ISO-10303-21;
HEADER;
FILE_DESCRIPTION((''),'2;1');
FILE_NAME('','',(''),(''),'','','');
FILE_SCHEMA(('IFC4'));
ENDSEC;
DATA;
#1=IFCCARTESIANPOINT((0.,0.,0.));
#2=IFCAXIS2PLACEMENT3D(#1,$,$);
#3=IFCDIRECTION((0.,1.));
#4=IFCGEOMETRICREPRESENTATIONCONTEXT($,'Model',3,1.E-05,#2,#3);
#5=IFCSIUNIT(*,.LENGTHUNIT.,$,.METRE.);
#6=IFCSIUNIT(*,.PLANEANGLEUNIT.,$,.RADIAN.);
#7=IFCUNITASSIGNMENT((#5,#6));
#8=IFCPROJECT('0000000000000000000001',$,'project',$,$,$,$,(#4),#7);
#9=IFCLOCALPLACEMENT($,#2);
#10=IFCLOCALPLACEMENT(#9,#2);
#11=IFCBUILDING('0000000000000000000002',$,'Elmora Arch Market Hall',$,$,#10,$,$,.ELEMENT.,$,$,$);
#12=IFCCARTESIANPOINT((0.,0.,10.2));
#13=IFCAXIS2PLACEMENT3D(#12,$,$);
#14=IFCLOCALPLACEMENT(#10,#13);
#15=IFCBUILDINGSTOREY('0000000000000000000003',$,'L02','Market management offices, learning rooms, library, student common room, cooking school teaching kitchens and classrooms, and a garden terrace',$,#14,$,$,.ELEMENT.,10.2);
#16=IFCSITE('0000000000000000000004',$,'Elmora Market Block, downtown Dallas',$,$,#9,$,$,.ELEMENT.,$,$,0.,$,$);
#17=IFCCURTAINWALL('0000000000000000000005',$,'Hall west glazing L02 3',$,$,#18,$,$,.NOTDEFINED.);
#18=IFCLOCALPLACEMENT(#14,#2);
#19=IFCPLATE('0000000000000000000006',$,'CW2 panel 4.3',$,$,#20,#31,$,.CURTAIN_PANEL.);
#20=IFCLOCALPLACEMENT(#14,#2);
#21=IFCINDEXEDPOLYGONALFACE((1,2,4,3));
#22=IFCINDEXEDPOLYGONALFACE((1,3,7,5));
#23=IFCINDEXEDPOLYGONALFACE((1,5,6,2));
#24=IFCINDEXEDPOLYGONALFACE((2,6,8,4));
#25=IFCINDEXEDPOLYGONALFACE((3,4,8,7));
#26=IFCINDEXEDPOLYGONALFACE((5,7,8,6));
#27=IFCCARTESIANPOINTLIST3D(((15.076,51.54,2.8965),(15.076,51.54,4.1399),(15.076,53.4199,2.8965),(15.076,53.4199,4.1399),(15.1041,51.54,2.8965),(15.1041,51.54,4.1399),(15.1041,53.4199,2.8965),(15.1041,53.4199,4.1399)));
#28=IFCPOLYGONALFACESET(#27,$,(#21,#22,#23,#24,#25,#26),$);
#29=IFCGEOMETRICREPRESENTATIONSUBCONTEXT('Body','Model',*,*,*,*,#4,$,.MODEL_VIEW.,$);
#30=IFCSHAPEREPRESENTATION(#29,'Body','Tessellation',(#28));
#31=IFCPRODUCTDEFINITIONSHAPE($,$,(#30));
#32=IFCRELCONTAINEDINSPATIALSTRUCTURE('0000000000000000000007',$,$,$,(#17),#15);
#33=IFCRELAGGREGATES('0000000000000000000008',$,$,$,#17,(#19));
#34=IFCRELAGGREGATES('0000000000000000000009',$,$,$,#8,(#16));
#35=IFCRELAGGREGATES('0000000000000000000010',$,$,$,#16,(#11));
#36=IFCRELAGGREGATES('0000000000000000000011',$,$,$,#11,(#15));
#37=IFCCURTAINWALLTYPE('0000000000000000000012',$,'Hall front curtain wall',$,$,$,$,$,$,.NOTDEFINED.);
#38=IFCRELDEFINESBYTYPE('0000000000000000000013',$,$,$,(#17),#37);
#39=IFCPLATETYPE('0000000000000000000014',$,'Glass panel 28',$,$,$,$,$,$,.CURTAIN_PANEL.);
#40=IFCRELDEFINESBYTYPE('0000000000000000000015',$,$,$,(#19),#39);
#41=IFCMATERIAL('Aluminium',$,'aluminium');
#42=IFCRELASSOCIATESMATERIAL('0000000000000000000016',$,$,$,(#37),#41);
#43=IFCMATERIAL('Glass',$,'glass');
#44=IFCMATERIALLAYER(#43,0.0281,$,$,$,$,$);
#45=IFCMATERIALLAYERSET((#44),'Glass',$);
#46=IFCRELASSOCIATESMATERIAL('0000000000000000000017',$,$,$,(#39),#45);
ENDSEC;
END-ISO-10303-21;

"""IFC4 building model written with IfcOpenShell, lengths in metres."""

from ifc_helpers import new_model, si_unit, direction, frame, origin, origin_2d, place, context, subcontext, project, spatial, rectangle, extrude, material, layer, layer_set, type_object, element, aggregate, save


model = new_model("IFC4")

# Units and contexts
model_context = context("Model", 3, precision=1e-05, world=origin(), true_north=direction((0.0, 1.0)))
body_context = subcontext(model_context, "Body", "Model", "MODEL_VIEW")
ifc_project = project(units=[si_unit("LENGTHUNIT", "METRE"), si_unit("PLANEANGLEUNIT", "RADIAN")], contexts=[model_context])

# Site, building, storey
site_placement = place(None, origin())
site = spatial("IfcSite", under=ifc_project, at=site_placement, Name="Elmora Market Block, downtown Dallas", CompositionType="ELEMENT", RefElevation=0.0)
building_placement = place(site_placement, origin())
building = spatial("IfcBuilding", under=site, at=building_placement, Name="Elmora Arch Market Hall", CompositionType="ELEMENT")
storey_placement = place(building_placement, frame((0.0, 0.0, 10.2)))
storey = spatial("IfcBuildingStorey", under=building, at=storey_placement, Name="L02", Description="Market management offices, learning rooms, library, student common room, cooking school teaching kitchens and classrooms, and a garden terrace", CompositionType="ELEMENT", Elevation=10.2)

# Curtain wall, plate
ifc_material_1 = material(Name="Aluminium", Category="aluminium")
curtain_wall_type = type_object("IfcCurtainWallType", Name="Hall front curtain wall", PredefinedType="NOTDEFINED", material=ifc_material_1)
curtain_wall_placement = place(storey_placement, origin())
curtain_wall = element("IfcCurtainWall", 1, at=curtain_wall_placement, inside=storey, type_object=curtain_wall_type, Name="Hall west glazing L02 3", PredefinedType="NOTDEFINED")
ifc_material_2 = material(Name="Glass", Category="glass")
ifc_layer = layer(ifc_material_2, 0.0281)
ifc_layer_set = layer_set([ifc_layer], Name="Glass")
plate_type = type_object("IfcPlateType", Name="Glass panel 28", PredefinedType="CURTAIN_PANEL", material=ifc_layer_set)
plate_1_placement = place(storey_placement, frame((15.0901, 52.48, 2.8965), z_axis=(0.0, 0.0, 1.0), x_axis=(0.0, 1.0, 0.0)))
plate_1 = element("IfcPlate", 2, at=plate_1_placement, type_object=plate_type, Name="CW2 panel 4.3", PredefinedType="CURTAIN_PANEL", context=body_context, shape_type="SweptSolid", body=[
    extrude(rectangle(XDim=1.8799, YDim=0.0281, at=origin_2d()), origin(), (0.0, 0.0, 1.0), 1.2434),
])
aggregate(curtain_wall, [plate_1])

save(model, "model.ifc")
